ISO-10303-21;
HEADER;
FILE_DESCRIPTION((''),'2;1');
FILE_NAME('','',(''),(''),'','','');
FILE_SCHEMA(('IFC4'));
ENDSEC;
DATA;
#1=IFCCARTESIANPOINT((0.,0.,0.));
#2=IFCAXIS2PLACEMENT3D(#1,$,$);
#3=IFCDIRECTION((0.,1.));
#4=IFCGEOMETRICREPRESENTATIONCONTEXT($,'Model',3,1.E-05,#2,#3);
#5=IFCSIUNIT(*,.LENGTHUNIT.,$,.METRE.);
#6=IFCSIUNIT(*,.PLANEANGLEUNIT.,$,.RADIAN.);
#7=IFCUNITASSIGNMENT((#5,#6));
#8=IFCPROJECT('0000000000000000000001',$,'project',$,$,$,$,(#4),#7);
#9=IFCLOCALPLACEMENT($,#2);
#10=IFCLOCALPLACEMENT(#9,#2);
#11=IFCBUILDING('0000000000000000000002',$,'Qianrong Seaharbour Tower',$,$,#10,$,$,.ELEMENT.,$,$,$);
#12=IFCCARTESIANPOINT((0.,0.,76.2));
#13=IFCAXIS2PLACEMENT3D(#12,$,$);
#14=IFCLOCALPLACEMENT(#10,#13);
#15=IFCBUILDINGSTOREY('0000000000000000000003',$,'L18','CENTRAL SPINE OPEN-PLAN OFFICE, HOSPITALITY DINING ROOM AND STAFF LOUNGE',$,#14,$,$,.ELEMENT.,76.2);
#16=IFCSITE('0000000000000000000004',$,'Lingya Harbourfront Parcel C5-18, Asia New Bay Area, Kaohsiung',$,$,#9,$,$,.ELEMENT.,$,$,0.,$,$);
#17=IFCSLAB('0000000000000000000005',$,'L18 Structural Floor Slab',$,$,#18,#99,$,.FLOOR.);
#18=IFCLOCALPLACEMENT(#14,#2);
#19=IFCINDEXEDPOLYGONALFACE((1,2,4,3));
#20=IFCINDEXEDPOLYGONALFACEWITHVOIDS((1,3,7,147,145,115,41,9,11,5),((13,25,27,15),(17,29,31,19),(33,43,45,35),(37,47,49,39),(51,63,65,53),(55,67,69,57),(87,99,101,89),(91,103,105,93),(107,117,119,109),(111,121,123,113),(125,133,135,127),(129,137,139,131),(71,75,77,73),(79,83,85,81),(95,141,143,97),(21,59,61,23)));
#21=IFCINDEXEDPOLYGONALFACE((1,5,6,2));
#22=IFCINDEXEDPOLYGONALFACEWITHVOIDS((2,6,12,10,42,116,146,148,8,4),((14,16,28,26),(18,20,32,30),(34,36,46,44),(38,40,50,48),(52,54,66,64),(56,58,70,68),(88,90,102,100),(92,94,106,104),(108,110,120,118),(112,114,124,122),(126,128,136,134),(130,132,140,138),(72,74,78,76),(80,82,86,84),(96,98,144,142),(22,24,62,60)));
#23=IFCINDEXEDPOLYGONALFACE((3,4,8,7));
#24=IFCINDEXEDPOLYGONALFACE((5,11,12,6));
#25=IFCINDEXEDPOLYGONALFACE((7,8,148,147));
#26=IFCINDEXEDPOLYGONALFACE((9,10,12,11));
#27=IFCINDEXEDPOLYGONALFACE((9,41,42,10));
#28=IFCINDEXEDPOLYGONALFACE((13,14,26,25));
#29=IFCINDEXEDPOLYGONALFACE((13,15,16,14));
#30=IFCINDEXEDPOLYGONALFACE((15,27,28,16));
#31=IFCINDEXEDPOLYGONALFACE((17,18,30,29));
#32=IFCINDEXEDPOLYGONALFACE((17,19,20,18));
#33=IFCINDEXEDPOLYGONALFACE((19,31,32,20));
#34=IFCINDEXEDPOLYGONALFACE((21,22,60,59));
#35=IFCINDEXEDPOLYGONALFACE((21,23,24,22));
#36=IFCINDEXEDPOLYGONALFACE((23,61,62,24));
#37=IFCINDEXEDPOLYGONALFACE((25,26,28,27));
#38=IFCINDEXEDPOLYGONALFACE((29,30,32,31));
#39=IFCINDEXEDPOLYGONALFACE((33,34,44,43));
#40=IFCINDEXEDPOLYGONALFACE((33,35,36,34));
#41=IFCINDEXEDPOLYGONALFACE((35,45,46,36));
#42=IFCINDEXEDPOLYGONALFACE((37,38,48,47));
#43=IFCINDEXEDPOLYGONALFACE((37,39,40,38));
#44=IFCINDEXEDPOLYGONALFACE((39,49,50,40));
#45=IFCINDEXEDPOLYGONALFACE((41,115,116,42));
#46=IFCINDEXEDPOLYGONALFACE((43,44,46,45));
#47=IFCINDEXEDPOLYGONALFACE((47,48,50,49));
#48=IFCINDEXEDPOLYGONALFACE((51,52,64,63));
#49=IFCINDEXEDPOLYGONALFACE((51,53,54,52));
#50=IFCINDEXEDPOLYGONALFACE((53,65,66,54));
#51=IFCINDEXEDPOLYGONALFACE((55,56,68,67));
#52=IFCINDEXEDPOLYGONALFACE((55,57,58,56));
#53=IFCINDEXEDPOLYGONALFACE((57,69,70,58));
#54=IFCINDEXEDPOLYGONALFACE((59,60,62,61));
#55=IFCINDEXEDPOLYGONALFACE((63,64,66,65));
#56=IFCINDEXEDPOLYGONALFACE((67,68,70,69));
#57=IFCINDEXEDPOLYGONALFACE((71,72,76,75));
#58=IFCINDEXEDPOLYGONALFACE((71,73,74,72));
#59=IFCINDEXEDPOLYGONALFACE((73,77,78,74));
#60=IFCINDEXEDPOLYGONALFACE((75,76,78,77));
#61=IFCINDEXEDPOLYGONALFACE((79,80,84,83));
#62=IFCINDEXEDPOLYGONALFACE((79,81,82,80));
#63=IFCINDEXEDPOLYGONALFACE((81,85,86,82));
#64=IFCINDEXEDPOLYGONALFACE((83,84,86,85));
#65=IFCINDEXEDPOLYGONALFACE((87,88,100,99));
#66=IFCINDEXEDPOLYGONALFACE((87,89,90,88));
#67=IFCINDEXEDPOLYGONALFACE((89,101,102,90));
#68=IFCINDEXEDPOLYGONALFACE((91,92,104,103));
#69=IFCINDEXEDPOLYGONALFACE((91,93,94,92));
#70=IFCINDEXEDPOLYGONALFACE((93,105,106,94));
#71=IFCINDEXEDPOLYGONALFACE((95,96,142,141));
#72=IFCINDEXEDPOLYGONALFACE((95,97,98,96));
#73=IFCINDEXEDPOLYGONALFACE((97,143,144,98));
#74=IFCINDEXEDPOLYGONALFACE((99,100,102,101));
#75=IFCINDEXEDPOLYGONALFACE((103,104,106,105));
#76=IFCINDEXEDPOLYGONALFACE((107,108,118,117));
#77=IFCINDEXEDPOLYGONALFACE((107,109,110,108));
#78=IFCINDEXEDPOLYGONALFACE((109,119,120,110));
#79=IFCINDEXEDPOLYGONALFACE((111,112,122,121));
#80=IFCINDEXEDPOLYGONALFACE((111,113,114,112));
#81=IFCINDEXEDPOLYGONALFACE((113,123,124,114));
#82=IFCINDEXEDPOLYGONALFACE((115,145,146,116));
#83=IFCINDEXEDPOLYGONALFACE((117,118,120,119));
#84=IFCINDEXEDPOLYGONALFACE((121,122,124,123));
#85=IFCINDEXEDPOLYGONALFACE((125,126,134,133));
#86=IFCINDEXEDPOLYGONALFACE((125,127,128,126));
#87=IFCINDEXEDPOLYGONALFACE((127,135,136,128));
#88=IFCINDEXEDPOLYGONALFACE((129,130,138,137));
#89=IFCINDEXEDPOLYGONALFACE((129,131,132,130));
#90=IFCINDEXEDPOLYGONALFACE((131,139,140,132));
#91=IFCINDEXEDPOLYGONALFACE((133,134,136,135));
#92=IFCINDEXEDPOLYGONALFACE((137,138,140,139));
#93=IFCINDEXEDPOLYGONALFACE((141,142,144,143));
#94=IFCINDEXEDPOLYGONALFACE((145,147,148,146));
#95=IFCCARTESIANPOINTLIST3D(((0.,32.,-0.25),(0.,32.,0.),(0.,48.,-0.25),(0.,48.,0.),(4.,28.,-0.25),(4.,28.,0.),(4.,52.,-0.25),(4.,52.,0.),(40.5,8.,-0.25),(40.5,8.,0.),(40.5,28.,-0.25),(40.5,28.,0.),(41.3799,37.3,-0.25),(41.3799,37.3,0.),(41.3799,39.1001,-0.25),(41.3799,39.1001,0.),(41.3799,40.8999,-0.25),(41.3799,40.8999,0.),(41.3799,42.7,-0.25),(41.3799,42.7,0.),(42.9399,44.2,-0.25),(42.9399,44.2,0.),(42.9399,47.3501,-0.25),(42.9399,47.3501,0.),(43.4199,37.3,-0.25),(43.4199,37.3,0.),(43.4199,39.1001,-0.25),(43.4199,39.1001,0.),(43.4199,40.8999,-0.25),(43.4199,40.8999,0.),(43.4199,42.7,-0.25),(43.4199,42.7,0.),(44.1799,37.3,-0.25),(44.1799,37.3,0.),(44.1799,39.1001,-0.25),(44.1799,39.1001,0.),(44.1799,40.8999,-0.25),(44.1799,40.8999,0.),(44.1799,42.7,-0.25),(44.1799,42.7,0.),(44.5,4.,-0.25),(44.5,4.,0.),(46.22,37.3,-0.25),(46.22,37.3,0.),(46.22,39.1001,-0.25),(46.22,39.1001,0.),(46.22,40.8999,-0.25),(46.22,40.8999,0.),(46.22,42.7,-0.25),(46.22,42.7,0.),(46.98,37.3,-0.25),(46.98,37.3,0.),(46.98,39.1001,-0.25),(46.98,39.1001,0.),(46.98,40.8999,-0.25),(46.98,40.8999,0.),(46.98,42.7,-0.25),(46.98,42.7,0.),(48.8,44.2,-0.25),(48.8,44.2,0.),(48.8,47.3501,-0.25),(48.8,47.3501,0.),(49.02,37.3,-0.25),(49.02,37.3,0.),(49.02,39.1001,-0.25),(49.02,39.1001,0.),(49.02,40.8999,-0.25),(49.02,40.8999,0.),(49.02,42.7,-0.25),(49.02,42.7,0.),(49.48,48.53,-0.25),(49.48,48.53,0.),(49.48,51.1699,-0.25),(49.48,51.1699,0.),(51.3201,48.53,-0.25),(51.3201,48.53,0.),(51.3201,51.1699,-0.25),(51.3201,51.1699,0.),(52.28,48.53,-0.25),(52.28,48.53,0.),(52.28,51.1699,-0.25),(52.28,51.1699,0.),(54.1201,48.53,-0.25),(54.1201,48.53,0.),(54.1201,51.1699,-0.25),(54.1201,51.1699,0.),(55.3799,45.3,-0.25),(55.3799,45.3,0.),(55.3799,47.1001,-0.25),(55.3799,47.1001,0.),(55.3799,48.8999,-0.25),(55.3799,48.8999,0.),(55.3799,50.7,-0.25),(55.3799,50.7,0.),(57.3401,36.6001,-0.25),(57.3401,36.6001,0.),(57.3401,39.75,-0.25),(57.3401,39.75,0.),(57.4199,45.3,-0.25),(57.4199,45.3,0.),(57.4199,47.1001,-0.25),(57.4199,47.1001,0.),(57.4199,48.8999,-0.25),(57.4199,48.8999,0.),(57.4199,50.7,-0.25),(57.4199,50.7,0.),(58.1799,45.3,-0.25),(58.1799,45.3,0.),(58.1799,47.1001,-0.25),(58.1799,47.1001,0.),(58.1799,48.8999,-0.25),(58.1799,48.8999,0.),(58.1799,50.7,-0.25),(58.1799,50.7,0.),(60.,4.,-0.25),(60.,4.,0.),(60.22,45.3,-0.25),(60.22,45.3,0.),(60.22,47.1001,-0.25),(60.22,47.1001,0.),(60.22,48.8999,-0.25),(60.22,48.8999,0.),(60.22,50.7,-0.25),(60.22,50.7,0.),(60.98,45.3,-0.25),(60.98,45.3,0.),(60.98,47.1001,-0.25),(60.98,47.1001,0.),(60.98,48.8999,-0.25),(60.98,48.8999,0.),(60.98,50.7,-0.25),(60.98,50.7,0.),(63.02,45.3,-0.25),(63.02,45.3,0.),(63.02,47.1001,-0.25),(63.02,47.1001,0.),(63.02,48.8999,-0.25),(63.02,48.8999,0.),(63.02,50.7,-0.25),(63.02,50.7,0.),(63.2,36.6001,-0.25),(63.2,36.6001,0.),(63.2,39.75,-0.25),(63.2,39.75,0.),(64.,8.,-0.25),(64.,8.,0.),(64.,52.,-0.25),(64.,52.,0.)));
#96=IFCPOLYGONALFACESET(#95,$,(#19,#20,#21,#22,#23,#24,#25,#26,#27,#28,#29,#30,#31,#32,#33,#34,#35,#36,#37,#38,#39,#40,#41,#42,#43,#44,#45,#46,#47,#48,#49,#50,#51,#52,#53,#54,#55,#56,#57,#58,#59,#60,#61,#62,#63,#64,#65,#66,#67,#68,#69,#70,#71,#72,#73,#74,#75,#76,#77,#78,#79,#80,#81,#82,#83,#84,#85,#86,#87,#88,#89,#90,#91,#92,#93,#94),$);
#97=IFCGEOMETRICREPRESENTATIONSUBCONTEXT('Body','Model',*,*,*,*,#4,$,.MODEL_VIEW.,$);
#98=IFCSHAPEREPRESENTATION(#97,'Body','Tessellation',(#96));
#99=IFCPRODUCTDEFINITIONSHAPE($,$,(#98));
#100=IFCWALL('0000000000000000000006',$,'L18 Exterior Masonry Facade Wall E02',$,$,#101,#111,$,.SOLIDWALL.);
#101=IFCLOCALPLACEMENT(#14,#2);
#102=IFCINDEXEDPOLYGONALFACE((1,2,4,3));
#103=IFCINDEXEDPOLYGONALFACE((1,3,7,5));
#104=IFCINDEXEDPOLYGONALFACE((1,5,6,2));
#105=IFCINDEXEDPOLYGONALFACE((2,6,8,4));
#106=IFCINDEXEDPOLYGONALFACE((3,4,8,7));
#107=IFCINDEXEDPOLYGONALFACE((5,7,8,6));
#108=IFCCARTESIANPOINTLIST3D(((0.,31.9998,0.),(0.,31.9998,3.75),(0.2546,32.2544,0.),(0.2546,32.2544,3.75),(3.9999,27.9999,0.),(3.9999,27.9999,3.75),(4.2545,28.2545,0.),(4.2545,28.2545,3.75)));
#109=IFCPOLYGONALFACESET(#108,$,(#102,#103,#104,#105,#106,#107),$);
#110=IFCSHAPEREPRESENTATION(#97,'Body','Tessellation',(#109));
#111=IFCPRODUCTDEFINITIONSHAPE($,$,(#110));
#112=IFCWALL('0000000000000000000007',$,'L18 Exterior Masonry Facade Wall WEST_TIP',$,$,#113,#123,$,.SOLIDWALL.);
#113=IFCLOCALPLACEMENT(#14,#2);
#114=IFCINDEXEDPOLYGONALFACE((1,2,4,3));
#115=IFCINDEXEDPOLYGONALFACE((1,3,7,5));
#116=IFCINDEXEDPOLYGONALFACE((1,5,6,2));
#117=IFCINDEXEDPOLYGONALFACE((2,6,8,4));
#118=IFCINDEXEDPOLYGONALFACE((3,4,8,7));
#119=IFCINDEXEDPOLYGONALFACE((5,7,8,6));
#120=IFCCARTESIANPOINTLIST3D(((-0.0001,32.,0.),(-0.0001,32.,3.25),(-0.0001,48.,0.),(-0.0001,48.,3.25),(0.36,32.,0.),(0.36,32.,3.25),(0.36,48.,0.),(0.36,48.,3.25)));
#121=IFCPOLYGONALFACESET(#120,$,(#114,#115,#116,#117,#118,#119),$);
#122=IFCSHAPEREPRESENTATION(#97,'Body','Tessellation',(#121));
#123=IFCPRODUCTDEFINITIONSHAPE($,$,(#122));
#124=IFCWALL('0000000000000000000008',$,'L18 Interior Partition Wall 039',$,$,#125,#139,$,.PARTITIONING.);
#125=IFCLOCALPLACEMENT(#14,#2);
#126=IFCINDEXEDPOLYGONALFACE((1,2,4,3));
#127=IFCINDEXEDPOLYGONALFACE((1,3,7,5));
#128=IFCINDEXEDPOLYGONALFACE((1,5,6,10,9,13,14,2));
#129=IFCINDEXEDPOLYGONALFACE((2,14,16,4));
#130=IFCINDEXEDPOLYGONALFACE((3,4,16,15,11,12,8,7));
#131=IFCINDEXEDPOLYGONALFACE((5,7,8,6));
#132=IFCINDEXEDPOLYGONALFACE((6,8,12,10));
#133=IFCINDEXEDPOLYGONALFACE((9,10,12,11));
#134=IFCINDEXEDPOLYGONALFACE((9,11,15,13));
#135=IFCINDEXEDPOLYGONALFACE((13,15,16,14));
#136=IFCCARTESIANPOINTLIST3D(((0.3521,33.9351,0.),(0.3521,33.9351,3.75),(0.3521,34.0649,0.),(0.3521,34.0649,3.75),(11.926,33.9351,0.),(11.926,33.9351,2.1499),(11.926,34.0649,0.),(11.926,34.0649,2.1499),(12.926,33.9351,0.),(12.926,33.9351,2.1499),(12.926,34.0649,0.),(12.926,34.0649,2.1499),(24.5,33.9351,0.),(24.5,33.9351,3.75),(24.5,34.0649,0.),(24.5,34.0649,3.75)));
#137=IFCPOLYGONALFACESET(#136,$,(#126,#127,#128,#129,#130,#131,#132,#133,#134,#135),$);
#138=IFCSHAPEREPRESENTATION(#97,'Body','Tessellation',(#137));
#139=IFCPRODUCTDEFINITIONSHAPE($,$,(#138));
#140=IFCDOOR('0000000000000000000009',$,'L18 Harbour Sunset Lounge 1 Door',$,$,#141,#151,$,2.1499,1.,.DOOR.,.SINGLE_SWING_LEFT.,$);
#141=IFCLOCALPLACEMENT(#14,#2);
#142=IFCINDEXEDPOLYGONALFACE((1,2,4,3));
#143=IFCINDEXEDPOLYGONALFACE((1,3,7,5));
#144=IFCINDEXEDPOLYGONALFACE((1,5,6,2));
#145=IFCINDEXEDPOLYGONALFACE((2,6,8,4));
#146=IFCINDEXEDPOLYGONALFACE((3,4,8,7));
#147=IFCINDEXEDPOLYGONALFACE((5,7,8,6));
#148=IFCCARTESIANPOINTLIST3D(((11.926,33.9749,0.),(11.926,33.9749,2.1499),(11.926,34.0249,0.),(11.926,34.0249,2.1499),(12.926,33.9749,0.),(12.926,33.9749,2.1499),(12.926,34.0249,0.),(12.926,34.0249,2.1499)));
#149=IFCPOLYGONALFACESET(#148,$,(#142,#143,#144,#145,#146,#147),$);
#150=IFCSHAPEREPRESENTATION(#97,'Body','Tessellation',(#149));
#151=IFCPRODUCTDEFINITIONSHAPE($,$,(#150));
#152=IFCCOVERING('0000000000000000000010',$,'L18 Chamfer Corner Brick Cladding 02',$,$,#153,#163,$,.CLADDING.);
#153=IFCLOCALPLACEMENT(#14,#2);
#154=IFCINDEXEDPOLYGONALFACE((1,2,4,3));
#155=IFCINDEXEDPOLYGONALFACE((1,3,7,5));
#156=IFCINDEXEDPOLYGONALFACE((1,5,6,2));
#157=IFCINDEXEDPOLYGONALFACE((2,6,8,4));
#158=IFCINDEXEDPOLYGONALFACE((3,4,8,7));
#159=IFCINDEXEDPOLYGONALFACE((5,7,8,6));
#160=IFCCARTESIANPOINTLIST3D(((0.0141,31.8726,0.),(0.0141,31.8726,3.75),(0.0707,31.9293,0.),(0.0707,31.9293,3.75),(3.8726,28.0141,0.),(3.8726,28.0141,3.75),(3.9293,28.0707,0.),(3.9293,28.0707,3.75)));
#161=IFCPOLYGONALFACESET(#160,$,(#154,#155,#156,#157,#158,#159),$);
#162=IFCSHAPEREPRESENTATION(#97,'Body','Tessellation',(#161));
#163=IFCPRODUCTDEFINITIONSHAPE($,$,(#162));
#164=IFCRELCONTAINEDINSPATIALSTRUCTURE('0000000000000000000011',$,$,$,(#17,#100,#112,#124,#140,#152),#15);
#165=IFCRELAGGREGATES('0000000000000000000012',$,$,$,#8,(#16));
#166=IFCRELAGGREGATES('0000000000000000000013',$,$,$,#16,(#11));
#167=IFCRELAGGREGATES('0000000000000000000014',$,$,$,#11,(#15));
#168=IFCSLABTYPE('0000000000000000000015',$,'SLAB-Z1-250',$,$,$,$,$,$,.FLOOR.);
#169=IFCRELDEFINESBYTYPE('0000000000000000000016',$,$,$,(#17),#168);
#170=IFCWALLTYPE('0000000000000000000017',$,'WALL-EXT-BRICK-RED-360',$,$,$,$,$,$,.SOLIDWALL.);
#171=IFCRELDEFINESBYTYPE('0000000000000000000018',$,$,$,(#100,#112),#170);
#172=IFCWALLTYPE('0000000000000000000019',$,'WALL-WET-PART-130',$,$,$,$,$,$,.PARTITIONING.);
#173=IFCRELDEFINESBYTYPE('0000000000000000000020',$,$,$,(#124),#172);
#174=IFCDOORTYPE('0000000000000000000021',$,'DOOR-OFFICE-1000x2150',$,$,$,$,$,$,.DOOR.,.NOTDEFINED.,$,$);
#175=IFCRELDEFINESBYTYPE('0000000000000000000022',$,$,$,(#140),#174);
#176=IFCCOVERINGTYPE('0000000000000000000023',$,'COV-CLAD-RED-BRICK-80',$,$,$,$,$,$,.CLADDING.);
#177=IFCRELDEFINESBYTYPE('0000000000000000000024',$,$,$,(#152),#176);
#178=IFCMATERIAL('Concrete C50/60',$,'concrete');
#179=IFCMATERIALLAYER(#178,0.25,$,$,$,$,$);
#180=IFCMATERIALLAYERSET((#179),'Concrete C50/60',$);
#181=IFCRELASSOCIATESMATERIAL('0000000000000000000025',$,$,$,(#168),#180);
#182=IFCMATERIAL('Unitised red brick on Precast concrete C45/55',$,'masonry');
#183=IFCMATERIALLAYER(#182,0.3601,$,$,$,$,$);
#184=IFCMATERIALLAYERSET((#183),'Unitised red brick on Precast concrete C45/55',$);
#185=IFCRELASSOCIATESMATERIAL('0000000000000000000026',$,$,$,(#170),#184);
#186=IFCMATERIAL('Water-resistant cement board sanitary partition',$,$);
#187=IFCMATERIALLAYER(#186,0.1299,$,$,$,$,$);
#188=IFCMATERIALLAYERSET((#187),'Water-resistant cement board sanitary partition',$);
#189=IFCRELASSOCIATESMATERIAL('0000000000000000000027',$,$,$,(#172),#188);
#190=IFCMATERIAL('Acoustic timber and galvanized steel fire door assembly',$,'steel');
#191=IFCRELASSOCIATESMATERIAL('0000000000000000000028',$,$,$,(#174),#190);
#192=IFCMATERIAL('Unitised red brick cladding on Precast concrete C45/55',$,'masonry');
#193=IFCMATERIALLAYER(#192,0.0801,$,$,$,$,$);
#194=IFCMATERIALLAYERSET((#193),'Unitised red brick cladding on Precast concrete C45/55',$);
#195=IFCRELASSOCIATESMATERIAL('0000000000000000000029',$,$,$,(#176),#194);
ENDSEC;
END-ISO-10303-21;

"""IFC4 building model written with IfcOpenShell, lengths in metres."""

from ifc_helpers import new_model, si_unit, direction, frame, frame_2d, origin, origin_2d, place, context, subcontext, project, spatial, polyline, rectangle, outline, extrude, material, layer, layer_set, type_object, element, fill, save


model = new_model("IFC4")

# Units and contexts
model_context = context("Model", 3, precision=1e-05, world=origin(), true_north=direction((0.0, 1.0)))
body_context = subcontext(model_context, "Body", "Model", "MODEL_VIEW")
ifc_project = project(units=[si_unit("LENGTHUNIT", "METRE"), si_unit("PLANEANGLEUNIT", "RADIAN")], contexts=[model_context])

# Site, building, storey
site_placement = place(None, origin())
site = spatial("IfcSite", under=ifc_project, at=site_placement, Name="Lingya Harbourfront Parcel C5-18, Asia New Bay Area, Kaohsiung", CompositionType="ELEMENT", RefElevation=0.0)
building_placement = place(site_placement, origin())
building = spatial("IfcBuilding", under=site, at=building_placement, Name="Qianrong Seaharbour Tower", CompositionType="ELEMENT")
storey_placement = place(building_placement, frame((0.0, 0.0, 76.2)))
storey = spatial("IfcBuildingStorey", under=building, at=storey_placement, Name="L18", Description="CENTRAL SPINE OPEN-PLAN OFFICE, HOSPITALITY DINING ROOM AND STAFF LOUNGE", CompositionType="ELEMENT", Elevation=76.2)

# Shared definitions
ifc_material_1 = material(Name="Concrete C50/60", Category="concrete")

# Slab
ifc_layer_1 = layer(ifc_material_1, 0.25)
ifc_layer_set_1 = layer_set([ifc_layer_1], Name="Concrete C50/60")
slab_type_1 = type_object("IfcSlabType", Name="SLAB-Z1-250", PredefinedType="FLOOR", material=ifc_layer_set_1)
slab_1_placement = place(storey_placement, frame((0.0, 0.0, -0.25)))
element("IfcSlab", 1, at=slab_1_placement, inside=storey, type_object=slab_type_1, Name="L18 Structural Floor Slab", PredefinedType="FLOOR", context=body_context, shape_type="SweptSolid", body=[
    extrude(outline(polyline([(44.5, 4.0), (60.0, 4.0), (64.0, 8.0), (64.0, 52.0), (4.0, 52.0), (0.0, 48.0), (0.0, 32.0), (4.0, 28.0), (40.5, 28.0), (40.5, 8.0), (44.5, 4.0)]), holes=[polyline([(42.9399, 44.2), (42.9399, 47.3501), (48.8, 47.3501), (48.8, 44.2), (42.9399, 44.2)]), polyline([(57.3401, 36.6001), (57.3401, 39.75), (63.2, 39.75), (63.2, 36.6001), (57.3401, 36.6001)]), polyline([(49.48, 48.53), (49.48, 51.1699), (51.3201, 51.1699), (51.3201, 48.53), (49.48, 48.53)]), polyline([(52.28, 48.53), (52.28, 51.1699), (54.1201, 51.1699), (54.1201, 48.53), (52.28, 48.53)]), polyline([(41.3799, 37.3), (41.3799, 39.1001), (43.4199, 39.1001), (43.4199, 37.3), (41.3799, 37.3)]), polyline([(44.1799, 37.3), (44.1799, 39.1001), (46.22, 39.1001), (46.22, 37.3), (44.1799, 37.3)]), polyline([(46.98, 37.3), (46.98, 39.1001), (49.02, 39.1001), (49.02, 37.3), (46.98, 37.3)]), polyline([(41.3799, 40.8999), (41.3799, 42.7), (43.4199, 42.7), (43.4199, 40.8999), (41.3799, 40.8999)]), polyline([(44.1799, 40.8999), (44.1799, 42.7), (46.22, 42.7), (46.22, 40.8999), (44.1799, 40.8999)]), polyline([(46.98, 40.8999), (46.98, 42.7), (49.02, 42.7), (49.02, 40.8999), (46.98, 40.8999)]), polyline([(55.3799, 45.3), (55.3799, 47.1001), (57.4199, 47.1001), (57.4199, 45.3), (55.3799, 45.3)]), polyline([(58.1799, 45.3), (58.1799, 47.1001), (60.22, 47.1001), (60.22, 45.3), (58.1799, 45.3)]), polyline([(60.98, 45.3), (60.98, 47.1001), (63.02, 47.1001), (63.02, 45.3), (60.98, 45.3)]), polyline([(55.3799, 48.8999), (55.3799, 50.7), (57.4199, 50.7), (57.4199, 48.8999), (55.3799, 48.8999)]), polyline([(58.1799, 48.8999), (58.1799, 50.7), (60.22, 50.7), (60.22, 48.8999), (58.1799, 48.8999)]), polyline([(60.98, 48.8999), (60.98, 50.7), (63.02, 50.7), (63.02, 48.8999), (60.98, 48.8999)])]), origin(), (0.0, 0.0, 1.0), 0.25),
])

# Walls
ifc_material_2 = material(Name="Unitised red brick on Precast concrete C45/55", Category="masonry")
ifc_layer_2 = layer(ifc_material_2, 0.3601)
ifc_layer_set_2 = layer_set([ifc_layer_2], Name="Unitised red brick on Precast concrete C45/55")
wall_type_1 = type_object("IfcWallType", Name="WALL-EXT-BRICK-RED-360", PredefinedType="SOLIDWALL", material=ifc_layer_set_2)
wall_1_placement = place(storey_placement, frame((4.1272, 28.1272, 0.0), z_axis=(0.0, 0.0, 1.0), x_axis=(-0.707107, 0.707107, 0.0)))
element("IfcWall", 2, at=wall_1_placement, inside=storey, type_object=wall_type_1, Name="L18 Exterior Masonry Facade Wall E02", PredefinedType="SOLIDWALL", context=body_context, shape_type="SweptSolid", body=[
    extrude(rectangle(XDim=5.6567, YDim=0.3601, at=frame_2d((2.8284, 0.0))), origin(), (0.0, 0.0, 1.0), 3.75),
])
wall_2_placement = place(storey_placement, frame((0.1799, 32.0, 0.0), z_axis=(0.0, 0.0, 1.0), x_axis=(0.0, 1.0, 0.0)))
element("IfcWall", 3, at=wall_2_placement, inside=storey, type_object=wall_type_1, Name="L18 Exterior Masonry Facade Wall WEST_TIP", PredefinedType="SOLIDWALL", context=body_context, shape_type="SweptSolid", body=[
    extrude(rectangle(XDim=16.0, YDim=0.3601, at=frame_2d((8.0, 0.0))), origin(), (0.0, 0.0, 1.0), 3.25),
])

# Wall, opening, door
ifc_material_3 = material(Name="Water-resistant cement board sanitary partition")
ifc_layer_3 = layer(ifc_material_3, 0.1299)
ifc_layer_set_3 = layer_set([ifc_layer_3], Name="Water-resistant cement board sanitary partition")
wall_type_2 = type_object("IfcWallType", Name="WALL-WET-PART-130", PredefinedType="PARTITIONING", material=ifc_layer_set_3)
wall_3_placement = place(storey_placement, frame((0.3521, 34.0, 0.0), z_axis=(0.0, 0.0, 1.0), x_axis=(1.0, 0.0, 0.0)))
wall_3 = element("IfcWall", 4, at=wall_3_placement, inside=storey, type_object=wall_type_2, Name="L18 Interior Partition Wall 039", PredefinedType="PARTITIONING", context=body_context, shape_type="SweptSolid", body=[
    extrude(rectangle(XDim=24.1479, YDim=0.1299, at=frame_2d((12.074, 0.0))), origin(), (0.0, 0.0, 1.0), 3.75),
])
opening_placement = place(wall_3_placement, frame((11.574, 0.0, 0.0)))
opening = element("IfcOpeningElement", 5, at=opening_placement, cuts=wall_3, PredefinedType="OPENING", context=body_context, shape_type="SweptSolid", body=[
    extrude(rectangle(XDim=1.0, YDim=2.1499, at=frame_2d((0.5, 1.075))), frame((0.0, 0.075, 0.0), z_axis=(0.0, -1.0, 0.0), x_axis=(1.0, 0.0, 0.0)), (0.0, 0.0, 1.0), 0.1499),
])
ifc_material_4 = material(Name="Acoustic timber and galvanized steel fire door assembly", Category="steel")
door_type = type_object("IfcDoorType", Name="DOOR-OFFICE-1000x2150", OperationType="NOTDEFINED", PredefinedType="DOOR", material=ifc_material_4)
door_placement = place(opening_placement, origin())
door = element("IfcDoor", 6, at=door_placement, inside=storey, type_object=door_type, Name="L18 Harbour Sunset Lounge 1 Door", OperationType="SINGLE_SWING_LEFT", OverallHeight=2.1499, OverallWidth=1.0, PredefinedType="DOOR", context=body_context, shape_type="SweptSolid", body=[
    extrude(rectangle(XDim=1.0, YDim=2.1499, at=frame_2d((0.5, 1.075))), frame((0.0, 0.0249, 0.0), z_axis=(0.0, -1.0, 0.0), x_axis=(1.0, 0.0, 0.0)), (0.0, 0.0, 1.0), 0.05),
])
fill(opening, door)

# Covering
ifc_material_5 = material(Name="Unitised red brick cladding on Precast concrete C45/55", Category="masonry")
ifc_layer_4 = layer(ifc_material_5, 0.0801)
ifc_layer_set_4 = layer_set([ifc_layer_4], Name="Unitised red brick cladding on Precast concrete C45/55")
covering_type_1 = type_object("IfcCoveringType", Name="COV-CLAD-RED-BRICK-80", PredefinedType="CLADDING", material=ifc_layer_set_4)
covering_1_placement = place(storey_placement, frame((1.9717, 29.9717, 0.0), z_axis=(0.0, 0.0, 1.0), x_axis=(-0.707107, 0.707107, 0.0)))
element("IfcCovering", 7, at=covering_1_placement, inside=storey, type_object=covering_type_1, Name="L18 Chamfer Corner Brick Cladding 02", PredefinedType="CLADDING", context=body_context, shape_type="SweptSolid", body=[
    extrude(rectangle(XDim=5.4568, YDim=0.0801, at=origin_2d()), origin(), (0.0, 0.0, 1.0), 3.75),
])

save(model, "model.ifc")
